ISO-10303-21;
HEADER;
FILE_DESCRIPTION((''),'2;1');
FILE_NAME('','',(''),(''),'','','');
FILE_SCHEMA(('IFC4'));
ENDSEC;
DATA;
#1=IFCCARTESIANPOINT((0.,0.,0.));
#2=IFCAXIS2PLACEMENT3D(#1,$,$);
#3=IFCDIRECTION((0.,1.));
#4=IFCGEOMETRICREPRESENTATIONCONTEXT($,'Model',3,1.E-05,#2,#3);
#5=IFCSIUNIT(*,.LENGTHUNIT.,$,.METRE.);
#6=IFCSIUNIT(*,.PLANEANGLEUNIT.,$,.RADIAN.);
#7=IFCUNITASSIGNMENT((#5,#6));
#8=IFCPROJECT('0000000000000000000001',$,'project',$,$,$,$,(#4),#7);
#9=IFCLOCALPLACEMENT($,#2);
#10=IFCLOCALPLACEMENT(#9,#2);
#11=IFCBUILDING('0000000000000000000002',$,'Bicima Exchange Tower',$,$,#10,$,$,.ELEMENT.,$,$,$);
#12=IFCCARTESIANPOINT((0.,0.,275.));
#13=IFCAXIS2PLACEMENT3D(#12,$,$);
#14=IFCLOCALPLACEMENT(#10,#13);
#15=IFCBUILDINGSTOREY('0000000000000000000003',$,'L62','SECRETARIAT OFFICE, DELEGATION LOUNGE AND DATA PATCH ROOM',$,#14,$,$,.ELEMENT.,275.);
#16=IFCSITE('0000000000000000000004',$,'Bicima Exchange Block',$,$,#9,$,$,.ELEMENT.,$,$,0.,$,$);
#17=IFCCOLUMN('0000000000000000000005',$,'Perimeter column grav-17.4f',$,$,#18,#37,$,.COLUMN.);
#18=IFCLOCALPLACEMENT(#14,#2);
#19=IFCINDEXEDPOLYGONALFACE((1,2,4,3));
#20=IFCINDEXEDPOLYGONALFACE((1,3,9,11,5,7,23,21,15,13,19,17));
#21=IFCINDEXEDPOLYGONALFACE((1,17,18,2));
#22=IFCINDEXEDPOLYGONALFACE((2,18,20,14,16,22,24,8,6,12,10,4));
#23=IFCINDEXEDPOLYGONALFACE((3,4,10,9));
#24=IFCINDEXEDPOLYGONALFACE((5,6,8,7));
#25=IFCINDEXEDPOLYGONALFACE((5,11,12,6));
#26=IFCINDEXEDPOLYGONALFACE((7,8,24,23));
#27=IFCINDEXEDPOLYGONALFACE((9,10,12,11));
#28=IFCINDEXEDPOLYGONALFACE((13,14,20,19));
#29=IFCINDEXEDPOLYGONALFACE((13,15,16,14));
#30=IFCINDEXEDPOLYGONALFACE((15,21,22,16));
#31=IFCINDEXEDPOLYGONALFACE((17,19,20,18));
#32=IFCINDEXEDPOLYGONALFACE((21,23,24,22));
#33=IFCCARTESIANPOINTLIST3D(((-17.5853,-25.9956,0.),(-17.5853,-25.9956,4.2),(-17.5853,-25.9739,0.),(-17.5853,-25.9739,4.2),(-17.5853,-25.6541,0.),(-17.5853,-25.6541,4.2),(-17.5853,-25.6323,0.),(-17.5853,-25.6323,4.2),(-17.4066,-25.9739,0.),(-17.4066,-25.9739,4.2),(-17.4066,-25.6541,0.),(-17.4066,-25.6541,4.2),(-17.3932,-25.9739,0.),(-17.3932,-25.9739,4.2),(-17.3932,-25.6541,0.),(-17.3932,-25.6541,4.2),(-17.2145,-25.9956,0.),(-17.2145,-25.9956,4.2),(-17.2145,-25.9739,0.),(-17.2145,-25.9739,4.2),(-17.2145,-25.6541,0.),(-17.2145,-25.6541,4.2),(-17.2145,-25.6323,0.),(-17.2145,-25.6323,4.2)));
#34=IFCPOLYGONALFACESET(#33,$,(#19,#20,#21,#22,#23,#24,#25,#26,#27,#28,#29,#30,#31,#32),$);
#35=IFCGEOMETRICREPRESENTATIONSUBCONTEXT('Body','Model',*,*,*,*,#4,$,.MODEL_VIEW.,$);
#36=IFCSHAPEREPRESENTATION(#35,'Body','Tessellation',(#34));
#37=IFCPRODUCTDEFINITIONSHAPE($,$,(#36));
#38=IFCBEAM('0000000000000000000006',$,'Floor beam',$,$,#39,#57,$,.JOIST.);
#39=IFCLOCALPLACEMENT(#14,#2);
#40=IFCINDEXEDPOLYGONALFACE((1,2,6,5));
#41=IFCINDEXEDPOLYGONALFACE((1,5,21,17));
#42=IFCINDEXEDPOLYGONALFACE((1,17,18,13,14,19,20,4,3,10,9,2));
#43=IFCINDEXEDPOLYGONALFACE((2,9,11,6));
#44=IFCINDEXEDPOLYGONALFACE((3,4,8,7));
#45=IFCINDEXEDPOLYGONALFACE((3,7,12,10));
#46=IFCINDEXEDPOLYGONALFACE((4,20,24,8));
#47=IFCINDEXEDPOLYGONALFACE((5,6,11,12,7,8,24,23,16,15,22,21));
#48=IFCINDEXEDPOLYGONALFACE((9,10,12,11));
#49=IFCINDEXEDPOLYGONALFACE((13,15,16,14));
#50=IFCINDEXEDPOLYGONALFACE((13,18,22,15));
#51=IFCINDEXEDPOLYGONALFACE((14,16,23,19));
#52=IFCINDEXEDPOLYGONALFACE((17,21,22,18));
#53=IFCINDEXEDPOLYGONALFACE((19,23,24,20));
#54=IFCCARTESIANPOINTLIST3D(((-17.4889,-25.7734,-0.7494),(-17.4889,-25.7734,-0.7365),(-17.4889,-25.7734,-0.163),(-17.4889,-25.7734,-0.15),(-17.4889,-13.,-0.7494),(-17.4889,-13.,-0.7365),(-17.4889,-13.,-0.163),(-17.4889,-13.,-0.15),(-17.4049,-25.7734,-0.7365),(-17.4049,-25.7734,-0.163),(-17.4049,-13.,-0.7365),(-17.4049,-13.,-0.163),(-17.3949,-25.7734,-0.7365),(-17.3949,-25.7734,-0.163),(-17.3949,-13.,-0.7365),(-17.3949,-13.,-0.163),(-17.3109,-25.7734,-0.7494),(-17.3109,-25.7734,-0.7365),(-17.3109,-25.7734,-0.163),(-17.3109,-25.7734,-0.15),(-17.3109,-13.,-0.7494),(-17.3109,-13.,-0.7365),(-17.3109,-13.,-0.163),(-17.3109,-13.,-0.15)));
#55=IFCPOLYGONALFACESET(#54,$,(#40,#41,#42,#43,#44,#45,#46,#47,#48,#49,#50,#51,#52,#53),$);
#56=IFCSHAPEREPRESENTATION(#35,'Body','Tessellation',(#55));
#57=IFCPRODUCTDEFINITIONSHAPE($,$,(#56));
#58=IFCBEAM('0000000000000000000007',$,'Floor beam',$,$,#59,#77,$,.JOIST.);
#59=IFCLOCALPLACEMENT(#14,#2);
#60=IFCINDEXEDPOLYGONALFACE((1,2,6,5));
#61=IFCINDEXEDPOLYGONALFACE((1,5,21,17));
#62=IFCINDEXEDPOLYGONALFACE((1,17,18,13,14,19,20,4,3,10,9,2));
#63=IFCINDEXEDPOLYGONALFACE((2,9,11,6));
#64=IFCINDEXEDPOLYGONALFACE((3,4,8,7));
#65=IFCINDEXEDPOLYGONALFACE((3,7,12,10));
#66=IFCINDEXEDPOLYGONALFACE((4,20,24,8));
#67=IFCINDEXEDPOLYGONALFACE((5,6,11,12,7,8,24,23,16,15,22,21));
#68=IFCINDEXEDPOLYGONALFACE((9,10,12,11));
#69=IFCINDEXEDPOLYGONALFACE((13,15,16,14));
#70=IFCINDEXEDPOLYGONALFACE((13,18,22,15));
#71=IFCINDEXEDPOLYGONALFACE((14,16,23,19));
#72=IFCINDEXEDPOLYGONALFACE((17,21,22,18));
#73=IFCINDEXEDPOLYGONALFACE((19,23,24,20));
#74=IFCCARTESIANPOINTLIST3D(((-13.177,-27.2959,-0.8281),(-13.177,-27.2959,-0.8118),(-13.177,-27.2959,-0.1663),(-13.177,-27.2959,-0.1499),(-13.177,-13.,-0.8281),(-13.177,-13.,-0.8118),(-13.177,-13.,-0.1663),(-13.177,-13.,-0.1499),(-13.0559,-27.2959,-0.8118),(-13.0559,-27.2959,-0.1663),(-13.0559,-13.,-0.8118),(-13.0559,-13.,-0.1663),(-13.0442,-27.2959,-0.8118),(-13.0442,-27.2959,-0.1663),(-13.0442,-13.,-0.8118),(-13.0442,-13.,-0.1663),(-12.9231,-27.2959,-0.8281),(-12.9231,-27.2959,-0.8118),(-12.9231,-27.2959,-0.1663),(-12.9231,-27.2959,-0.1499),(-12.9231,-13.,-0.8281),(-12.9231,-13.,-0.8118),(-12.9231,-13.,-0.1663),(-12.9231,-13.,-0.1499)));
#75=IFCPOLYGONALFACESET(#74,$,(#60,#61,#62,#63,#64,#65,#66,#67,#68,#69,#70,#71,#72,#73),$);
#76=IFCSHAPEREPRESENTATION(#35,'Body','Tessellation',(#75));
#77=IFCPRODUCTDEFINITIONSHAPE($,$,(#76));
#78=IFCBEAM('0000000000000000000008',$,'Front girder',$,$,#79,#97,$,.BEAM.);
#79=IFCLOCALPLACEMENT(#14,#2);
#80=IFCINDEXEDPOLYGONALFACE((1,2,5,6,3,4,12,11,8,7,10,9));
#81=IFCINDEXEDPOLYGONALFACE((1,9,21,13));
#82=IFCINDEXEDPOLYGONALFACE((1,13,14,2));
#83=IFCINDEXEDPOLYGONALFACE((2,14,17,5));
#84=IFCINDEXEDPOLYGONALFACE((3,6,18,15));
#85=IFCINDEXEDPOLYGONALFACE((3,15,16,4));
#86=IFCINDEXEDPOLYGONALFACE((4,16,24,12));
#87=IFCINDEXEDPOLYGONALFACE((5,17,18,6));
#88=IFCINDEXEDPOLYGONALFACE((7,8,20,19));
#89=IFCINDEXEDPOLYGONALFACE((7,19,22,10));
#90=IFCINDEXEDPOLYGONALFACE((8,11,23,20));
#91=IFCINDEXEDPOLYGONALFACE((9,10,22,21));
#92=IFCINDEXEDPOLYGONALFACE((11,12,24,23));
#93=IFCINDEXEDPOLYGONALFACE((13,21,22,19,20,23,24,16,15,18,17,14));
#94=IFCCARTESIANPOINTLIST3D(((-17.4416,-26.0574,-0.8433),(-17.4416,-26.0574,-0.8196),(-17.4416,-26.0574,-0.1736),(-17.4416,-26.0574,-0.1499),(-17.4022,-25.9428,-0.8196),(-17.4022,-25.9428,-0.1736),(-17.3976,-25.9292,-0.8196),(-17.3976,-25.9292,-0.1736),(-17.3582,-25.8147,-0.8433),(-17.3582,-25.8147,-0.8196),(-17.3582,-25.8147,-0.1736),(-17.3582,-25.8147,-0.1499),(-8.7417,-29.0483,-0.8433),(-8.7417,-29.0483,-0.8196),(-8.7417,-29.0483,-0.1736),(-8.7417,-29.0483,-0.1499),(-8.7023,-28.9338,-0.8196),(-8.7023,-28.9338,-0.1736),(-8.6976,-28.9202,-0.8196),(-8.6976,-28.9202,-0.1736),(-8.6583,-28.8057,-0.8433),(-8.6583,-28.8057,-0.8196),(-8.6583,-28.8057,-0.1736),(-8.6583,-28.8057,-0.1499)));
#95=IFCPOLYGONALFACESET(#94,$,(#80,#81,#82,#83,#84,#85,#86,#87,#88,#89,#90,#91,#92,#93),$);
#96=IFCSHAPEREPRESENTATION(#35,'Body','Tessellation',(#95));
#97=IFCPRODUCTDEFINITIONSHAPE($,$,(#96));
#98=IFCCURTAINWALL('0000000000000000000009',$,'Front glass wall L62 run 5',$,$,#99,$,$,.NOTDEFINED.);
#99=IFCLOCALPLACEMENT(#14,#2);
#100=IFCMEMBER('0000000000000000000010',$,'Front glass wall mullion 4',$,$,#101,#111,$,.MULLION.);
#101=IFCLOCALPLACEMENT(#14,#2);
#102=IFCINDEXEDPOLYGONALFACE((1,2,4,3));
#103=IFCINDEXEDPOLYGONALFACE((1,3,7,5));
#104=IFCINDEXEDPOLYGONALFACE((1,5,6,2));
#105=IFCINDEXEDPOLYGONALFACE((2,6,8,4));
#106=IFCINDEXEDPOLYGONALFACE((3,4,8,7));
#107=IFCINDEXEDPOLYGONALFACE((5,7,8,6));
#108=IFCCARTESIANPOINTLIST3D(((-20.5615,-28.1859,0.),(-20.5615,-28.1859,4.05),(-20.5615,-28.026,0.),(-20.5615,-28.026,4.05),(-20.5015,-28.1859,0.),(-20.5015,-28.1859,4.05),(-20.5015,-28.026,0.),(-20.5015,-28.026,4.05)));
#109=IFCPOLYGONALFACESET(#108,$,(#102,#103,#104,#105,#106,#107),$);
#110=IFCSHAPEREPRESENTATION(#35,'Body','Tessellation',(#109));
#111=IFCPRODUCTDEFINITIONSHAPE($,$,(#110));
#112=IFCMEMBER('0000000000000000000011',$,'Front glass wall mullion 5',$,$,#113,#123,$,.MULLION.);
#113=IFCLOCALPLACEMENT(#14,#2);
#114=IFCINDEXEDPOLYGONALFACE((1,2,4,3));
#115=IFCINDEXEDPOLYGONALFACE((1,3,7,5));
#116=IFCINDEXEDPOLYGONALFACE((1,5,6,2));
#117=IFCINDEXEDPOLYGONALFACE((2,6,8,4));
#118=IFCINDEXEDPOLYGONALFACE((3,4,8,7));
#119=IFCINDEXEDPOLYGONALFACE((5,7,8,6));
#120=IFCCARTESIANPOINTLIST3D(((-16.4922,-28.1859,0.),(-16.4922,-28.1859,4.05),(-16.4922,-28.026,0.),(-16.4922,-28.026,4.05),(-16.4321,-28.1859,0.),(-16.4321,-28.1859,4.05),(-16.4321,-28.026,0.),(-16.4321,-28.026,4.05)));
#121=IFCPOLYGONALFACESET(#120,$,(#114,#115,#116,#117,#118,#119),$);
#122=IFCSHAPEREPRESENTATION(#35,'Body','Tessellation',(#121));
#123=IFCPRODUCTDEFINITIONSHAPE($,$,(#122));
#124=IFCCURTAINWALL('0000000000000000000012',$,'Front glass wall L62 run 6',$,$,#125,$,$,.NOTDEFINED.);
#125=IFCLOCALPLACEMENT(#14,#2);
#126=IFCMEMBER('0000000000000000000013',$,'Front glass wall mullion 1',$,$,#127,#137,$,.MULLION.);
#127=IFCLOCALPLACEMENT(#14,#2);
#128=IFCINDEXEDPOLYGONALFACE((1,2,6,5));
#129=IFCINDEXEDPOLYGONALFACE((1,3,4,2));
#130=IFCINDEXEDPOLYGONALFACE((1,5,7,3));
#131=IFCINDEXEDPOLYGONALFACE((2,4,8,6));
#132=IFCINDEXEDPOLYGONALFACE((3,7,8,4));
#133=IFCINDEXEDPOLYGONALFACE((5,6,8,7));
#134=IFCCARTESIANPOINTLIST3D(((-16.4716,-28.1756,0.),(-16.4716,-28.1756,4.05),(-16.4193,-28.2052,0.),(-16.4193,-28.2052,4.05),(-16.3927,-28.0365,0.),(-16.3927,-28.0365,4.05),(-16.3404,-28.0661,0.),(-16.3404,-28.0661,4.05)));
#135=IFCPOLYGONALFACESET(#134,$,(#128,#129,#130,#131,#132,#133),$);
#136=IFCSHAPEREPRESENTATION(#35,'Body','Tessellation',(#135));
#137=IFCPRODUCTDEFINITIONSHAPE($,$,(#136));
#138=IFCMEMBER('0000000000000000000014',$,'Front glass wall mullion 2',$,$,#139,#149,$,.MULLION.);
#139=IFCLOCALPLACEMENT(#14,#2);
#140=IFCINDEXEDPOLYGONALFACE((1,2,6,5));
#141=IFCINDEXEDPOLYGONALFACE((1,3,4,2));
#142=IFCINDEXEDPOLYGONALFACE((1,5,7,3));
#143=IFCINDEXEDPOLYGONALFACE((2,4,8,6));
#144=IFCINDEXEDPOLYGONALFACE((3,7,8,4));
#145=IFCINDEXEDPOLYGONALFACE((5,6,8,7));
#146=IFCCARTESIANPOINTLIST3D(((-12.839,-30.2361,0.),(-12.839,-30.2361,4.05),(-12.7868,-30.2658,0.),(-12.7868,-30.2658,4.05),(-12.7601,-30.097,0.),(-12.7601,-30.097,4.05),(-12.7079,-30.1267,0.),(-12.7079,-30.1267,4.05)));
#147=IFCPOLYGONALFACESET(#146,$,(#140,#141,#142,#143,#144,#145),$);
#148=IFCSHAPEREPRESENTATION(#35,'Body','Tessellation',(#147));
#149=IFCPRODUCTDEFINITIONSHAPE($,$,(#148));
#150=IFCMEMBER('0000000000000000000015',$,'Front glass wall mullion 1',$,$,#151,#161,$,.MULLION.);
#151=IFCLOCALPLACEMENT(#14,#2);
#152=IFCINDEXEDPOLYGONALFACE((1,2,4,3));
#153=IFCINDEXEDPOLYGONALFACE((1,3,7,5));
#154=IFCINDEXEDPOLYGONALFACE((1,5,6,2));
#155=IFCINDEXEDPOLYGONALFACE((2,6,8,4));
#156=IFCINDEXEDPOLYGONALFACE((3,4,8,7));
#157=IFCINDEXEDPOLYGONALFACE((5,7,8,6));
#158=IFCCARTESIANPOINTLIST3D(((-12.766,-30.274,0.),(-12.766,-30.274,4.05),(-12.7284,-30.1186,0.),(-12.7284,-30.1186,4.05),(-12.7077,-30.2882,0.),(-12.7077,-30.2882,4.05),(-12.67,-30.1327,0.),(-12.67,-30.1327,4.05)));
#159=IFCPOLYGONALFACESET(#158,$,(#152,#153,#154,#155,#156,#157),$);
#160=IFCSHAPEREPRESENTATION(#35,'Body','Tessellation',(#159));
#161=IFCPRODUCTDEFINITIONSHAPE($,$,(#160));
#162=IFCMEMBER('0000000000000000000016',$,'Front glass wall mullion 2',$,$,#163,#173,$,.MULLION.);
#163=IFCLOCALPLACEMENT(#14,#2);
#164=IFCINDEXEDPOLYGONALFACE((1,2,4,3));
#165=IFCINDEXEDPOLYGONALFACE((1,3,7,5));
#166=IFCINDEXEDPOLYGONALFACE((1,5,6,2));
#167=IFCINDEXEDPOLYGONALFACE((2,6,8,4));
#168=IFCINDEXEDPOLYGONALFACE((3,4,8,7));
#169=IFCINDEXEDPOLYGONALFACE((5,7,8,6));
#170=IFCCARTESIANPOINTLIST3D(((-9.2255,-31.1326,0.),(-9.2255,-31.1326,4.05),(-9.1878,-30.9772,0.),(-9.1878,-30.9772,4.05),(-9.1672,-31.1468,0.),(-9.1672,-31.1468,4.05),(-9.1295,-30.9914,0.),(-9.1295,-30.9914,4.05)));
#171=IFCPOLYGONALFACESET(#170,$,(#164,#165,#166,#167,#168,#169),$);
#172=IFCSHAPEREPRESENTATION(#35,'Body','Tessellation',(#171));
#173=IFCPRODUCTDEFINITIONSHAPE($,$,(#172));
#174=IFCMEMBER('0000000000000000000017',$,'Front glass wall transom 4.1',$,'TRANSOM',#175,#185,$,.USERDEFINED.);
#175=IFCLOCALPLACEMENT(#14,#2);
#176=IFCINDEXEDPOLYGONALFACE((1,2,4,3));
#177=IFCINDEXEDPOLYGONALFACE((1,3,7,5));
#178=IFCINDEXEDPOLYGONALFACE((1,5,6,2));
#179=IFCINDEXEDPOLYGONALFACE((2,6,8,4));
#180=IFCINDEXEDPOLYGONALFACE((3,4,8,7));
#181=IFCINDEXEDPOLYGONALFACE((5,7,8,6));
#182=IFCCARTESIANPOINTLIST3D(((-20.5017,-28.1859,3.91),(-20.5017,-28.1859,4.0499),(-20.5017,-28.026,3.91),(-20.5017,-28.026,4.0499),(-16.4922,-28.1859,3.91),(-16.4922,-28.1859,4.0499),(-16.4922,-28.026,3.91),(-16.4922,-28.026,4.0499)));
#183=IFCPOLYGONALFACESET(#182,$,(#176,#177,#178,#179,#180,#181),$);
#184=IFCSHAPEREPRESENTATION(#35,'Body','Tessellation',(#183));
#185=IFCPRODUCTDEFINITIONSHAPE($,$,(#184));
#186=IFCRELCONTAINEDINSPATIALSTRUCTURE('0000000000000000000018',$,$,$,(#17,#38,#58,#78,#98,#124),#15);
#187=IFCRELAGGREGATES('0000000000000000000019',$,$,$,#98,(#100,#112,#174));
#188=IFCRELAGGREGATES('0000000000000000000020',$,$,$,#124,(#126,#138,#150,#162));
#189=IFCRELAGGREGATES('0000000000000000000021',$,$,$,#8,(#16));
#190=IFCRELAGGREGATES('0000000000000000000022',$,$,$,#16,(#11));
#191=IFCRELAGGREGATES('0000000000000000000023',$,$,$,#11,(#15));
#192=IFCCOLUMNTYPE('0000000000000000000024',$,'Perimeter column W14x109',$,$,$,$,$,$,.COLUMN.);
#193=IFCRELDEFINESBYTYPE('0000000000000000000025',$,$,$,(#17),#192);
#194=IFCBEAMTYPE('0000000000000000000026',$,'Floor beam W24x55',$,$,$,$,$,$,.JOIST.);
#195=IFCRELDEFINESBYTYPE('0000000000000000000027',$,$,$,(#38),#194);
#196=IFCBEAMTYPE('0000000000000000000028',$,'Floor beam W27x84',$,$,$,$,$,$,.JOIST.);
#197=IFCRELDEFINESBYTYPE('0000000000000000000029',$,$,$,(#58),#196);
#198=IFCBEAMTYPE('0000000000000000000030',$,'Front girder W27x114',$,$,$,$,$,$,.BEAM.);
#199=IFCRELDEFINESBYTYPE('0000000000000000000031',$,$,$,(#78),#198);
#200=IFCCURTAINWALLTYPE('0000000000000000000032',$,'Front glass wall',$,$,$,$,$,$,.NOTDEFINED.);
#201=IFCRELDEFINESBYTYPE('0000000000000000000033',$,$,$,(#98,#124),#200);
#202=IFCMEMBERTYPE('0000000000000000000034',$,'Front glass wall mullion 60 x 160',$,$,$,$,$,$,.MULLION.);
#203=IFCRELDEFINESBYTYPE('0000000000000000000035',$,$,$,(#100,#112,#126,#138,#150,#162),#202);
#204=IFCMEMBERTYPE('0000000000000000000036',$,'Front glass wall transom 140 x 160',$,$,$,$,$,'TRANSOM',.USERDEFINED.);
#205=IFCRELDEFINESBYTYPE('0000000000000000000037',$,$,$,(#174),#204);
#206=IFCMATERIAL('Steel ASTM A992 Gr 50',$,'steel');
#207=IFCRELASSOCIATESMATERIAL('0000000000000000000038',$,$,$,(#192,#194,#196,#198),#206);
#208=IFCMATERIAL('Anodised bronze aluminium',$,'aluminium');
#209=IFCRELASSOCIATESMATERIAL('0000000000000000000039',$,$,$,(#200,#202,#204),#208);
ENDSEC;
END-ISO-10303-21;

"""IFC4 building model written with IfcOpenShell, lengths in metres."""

from ifc_helpers import new_model, si_unit, direction, frame, origin, origin_2d, place, context, subcontext, project, spatial, rectangle, i_section, extrude, material, material_profile, profile_set, type_object, element, aggregate, save


model = new_model("IFC4")

# Units and contexts
model_context = context("Model", 3, precision=1e-05, world=origin(), true_north=direction((0.0, 1.0)))
body_context = subcontext(model_context, "Body", "Model", "MODEL_VIEW")
ifc_project = project(units=[si_unit("LENGTHUNIT", "METRE"), si_unit("PLANEANGLEUNIT", "RADIAN")], contexts=[model_context])

# Site, building, storey
site_placement = place(None, origin())
site = spatial("IfcSite", under=ifc_project, at=site_placement, Name="Bicima Exchange Block", CompositionType="ELEMENT", RefElevation=0.0)
building_placement = place(site_placement, origin())
building = spatial("IfcBuilding", under=site, at=building_placement, Name="Bicima Exchange Tower", CompositionType="ELEMENT")
storey_placement = place(building_placement, frame((0.0, 0.0, 275.0)))
storey = spatial("IfcBuildingStorey", under=building, at=storey_placement, Name="L62", Description="SECRETARIAT OFFICE, DELEGATION LOUNGE AND DATA PATCH ROOM", CompositionType="ELEMENT", Elevation=275.0)

# Column
ifc_material_1 = material(Name="Steel ASTM A992 Gr 50", Category="steel")
ifc_material_profile_1 = material_profile(ifc_material_1, i_section(OverallWidth=0.3708, OverallDepth=0.3633, WebThickness=0.0134, FlangeThickness=0.0217, at=origin_2d()))
ifc_profile_set_1 = profile_set([ifc_material_profile_1], Name="Steel ASTM A992 Gr 50")
column_type = type_object("IfcColumnType", Name="Perimeter column W14x109", PredefinedType="COLUMN", material=ifc_profile_set_1)
column_placement = place(storey_placement, frame((-17.3999, -25.814, 0.0), z_axis=(0.0, 0.0, 1.0), x_axis=(1.0, 0.0, 0.0)))
element("IfcColumn", 1, at=column_placement, inside=storey, type_object=column_type, Name="Perimeter column grav-17.4f", PredefinedType="COLUMN", context=body_context, shape_type="SweptSolid", body=[
    extrude(i_section(OverallWidth=0.3708, OverallDepth=0.3633, WebThickness=0.0134, FlangeThickness=0.0217, at=origin_2d()), origin(), (0.0, 0.0, 1.0), 4.2),
])

# Beams
ifc_material_profile_2 = material_profile(ifc_material_1, i_section(OverallWidth=0.178, OverallDepth=0.5994, WebThickness=0.01, FlangeThickness=0.0129, at=origin_2d()))
ifc_profile_set_2 = profile_set([ifc_material_profile_2], Name="Steel ASTM A992 Gr 50")
beam_type_1 = type_object("IfcBeamType", Name="Floor beam W24x55", PredefinedType="JOIST", material=ifc_profile_set_2)
beam_1_placement = place(storey_placement, frame((-17.3999, -13.0, -0.4497), z_axis=(0.0, -1.0, 0.0), x_axis=(1.0, 0.0, 0.0)))
element("IfcBeam", 2, at=beam_1_placement, inside=storey, type_object=beam_type_1, Name="Floor beam", PredefinedType="JOIST", context=body_context, shape_type="SweptSolid", body=[
    extrude(i_section(OverallWidth=0.178, OverallDepth=0.5994, WebThickness=0.01, FlangeThickness=0.0129, at=origin_2d()), origin(), (0.0, 0.0, 1.0), 12.7734),
])
ifc_material_profile_3 = material_profile(ifc_material_1, i_section(OverallWidth=0.2539, OverallDepth=0.6782, WebThickness=0.0117, FlangeThickness=0.0164, at=origin_2d()))
ifc_profile_set_3 = profile_set([ifc_material_profile_3], Name="Steel ASTM A992 Gr 50")
beam_type_2 = type_object("IfcBeamType", Name="Floor beam W27x84", PredefinedType="JOIST", material=ifc_profile_set_3)
beam_2_placement = place(storey_placement, frame((-13.05, -13.0, -0.489), z_axis=(0.0, -1.0, 0.0), x_axis=(1.0, 0.0, 0.0)))
element("IfcBeam", 3, at=beam_2_placement, inside=storey, type_object=beam_type_2, Name="Floor beam", PredefinedType="JOIST", context=body_context, shape_type="SweptSolid", body=[
    extrude(i_section(OverallWidth=0.2539, OverallDepth=0.6782, WebThickness=0.0117, FlangeThickness=0.0164, at=origin_2d()), origin(), (0.0, 0.0, 1.0), 14.2959),
])
ifc_material_profile_4 = material_profile(ifc_material_1, i_section(OverallWidth=0.2566, OverallDepth=0.6934, WebThickness=0.0144, FlangeThickness=0.0237, at=origin_2d()))
ifc_profile_set_4 = profile_set([ifc_material_profile_4], Name="Steel ASTM A992 Gr 50")
beam_type_3 = type_object("IfcBeamType", Name="Front girder W27x114", PredefinedType="BEAM", material=ifc_profile_set_4)
beam_3_placement = place(storey_placement, frame((-17.3999, -25.936, -0.4966), z_axis=(0.945675, -0.325115, 0.0), x_axis=(0.325115, 0.945675, 0.0)))
element("IfcBeam", 4, at=beam_3_placement, inside=storey, type_object=beam_type_3, Name="Front girder", PredefinedType="BEAM", context=body_context, shape_type="SweptSolid", body=[
    extrude(i_section(OverallWidth=0.2566, OverallDepth=0.6934, WebThickness=0.0144, FlangeThickness=0.0237, at=origin_2d()), origin(), (0.0, 0.0, 1.0), 9.1997),
])

# Curtain walls, members
ifc_material_2 = material(Name="Anodised bronze aluminium", Category="aluminium")
curtain_wall_type = type_object("IfcCurtainWallType", Name="Front glass wall", PredefinedType="NOTDEFINED", material=ifc_material_2)
curtain_wall_1_placement = place(storey_placement, origin())
curtain_wall_1 = element("IfcCurtainWall", 5, at=curtain_wall_1_placement, inside=storey, type_object=curtain_wall_type, Name="Front glass wall L62 run 5", PredefinedType="NOTDEFINED")
ifc_material_profile_5 = material_profile(ifc_material_2, rectangle(XDim=0.1599, YDim=0.0601, at=origin_2d()))
ifc_profile_set_5 = profile_set([ifc_material_profile_5], Name="Anodised bronze aluminium")
member_type_1 = type_object("IfcMemberType", Name="Front glass wall mullion 60 x 160", PredefinedType="MULLION", material=ifc_profile_set_5)
member_1_placement = place(storey_placement, frame((-20.5315, -28.106, 0.0), z_axis=(0.0, 0.0, 1.0), x_axis=(0.0, 1.0, 0.0)))
member_1 = element("IfcMember", 6, at=member_1_placement, type_object=member_type_1, Name="Front glass wall mullion 4", PredefinedType="MULLION", context=body_context, shape_type="SweptSolid", body=[
    extrude(rectangle(XDim=0.1599, YDim=0.0601, at=origin_2d()), origin(), (0.0, 0.0, 1.0), 4.05),
])
member_2_placement = place(storey_placement, frame((-16.4622, -28.106, 0.0), z_axis=(0.0, 0.0, 1.0), x_axis=(0.0, 1.0, 0.0)))
member_2 = element("IfcMember", 7, at=member_2_placement, type_object=member_type_1, Name="Front glass wall mullion 5", PredefinedType="MULLION", context=body_context, shape_type="SweptSolid", body=[
    extrude(rectangle(XDim=0.1599, YDim=0.0601, at=origin_2d()), origin(), (0.0, 0.0, 1.0), 4.05),
])
curtain_wall_2_placement = place(storey_placement, origin())
curtain_wall_2 = element("IfcCurtainWall", 8, at=curtain_wall_2_placement, inside=storey, type_object=curtain_wall_type, Name="Front glass wall L62 run 6", PredefinedType="NOTDEFINED")
member_3_placement = place(storey_placement, frame((-16.406, -28.1208, 0.0), z_axis=(0.0, 0.0, 1.0), x_axis=(0.493395, 0.869805, 0.0)))
member_3 = element("IfcMember", 9, at=member_3_placement, type_object=member_type_1, Name="Front glass wall mullion 1", PredefinedType="MULLION", context=body_context, shape_type="SweptSolid", body=[
    extrude(rectangle(XDim=0.1599, YDim=0.0601, at=origin_2d()), origin(), (0.0, 0.0, 1.0), 4.05),
])
member_4_placement = place(storey_placement, frame((-12.7734, -30.1814, 0.0), z_axis=(0.0, 0.0, 1.0), x_axis=(0.493395, 0.869805, 0.0)))
member_4 = element("IfcMember", 10, at=member_4_placement, type_object=member_type_1, Name="Front glass wall mullion 2", PredefinedType="MULLION", context=body_context, shape_type="SweptSolid", body=[
    extrude(rectangle(XDim=0.1599, YDim=0.0601, at=origin_2d()), origin(), (0.0, 0.0, 1.0), 4.05),
])
member_5_placement = place(storey_placement, frame((-12.718, -30.2034, 0.0), z_axis=(0.0, 0.0, 1.0), x_axis=(0.235682, 0.97183, 0.0)))
member_5 = element("IfcMember", 11, at=member_5_placement, type_object=member_type_1, Name="Front glass wall mullion 1", PredefinedType="MULLION", context=body_context, shape_type="SweptSolid", body=[
    extrude(rectangle(XDim=0.1599, YDim=0.0601, at=origin_2d()), origin(), (0.0, 0.0, 1.0), 4.05),
])
member_6_placement = place(storey_placement, frame((-9.1775, -31.062, 0.0), z_axis=(0.0, 0.0, 1.0), x_axis=(0.235682, 0.97183, 0.0)))
member_6 = element("IfcMember", 12, at=member_6_placement, type_object=member_type_1, Name="Front glass wall mullion 2", PredefinedType="MULLION", context=body_context, shape_type="SweptSolid", body=[
    extrude(rectangle(XDim=0.1599, YDim=0.0601, at=origin_2d()), origin(), (0.0, 0.0, 1.0), 4.05),
])

# Member
ifc_material_profile_6 = material_profile(ifc_material_2, rectangle(XDim=0.1599, YDim=0.1399, at=origin_2d()))
ifc_profile_set_6 = profile_set([ifc_material_profile_6], Name="Anodised bronze aluminium")
member_type_2 = type_object("IfcMemberType", Name="Front glass wall transom 140 x 160", ElementType="TRANSOM", PredefinedType="USERDEFINED", material=ifc_profile_set_6)
member_7_placement = place(storey_placement, frame((-20.5017, -28.106, 3.98), z_axis=(1.0, 0.0, 0.0), x_axis=(0.0, 1.0, 0.0)))
member_7 = element("IfcMember", 13, at=member_7_placement, type_object=member_type_2, Name="Front glass wall transom 4.1", ObjectType="TRANSOM", PredefinedType="USERDEFINED", context=body_context, shape_type="SweptSolid", body=[
    extrude(rectangle(XDim=0.1599, YDim=0.1399, at=origin_2d()), origin(), (0.0, 0.0, 1.0), 4.0095),
])

aggregate(curtain_wall_1, [member_1, member_2, member_7])
aggregate(curtain_wall_2, [member_3, member_4, member_5, member_6])

save(model, "model.ifc")
